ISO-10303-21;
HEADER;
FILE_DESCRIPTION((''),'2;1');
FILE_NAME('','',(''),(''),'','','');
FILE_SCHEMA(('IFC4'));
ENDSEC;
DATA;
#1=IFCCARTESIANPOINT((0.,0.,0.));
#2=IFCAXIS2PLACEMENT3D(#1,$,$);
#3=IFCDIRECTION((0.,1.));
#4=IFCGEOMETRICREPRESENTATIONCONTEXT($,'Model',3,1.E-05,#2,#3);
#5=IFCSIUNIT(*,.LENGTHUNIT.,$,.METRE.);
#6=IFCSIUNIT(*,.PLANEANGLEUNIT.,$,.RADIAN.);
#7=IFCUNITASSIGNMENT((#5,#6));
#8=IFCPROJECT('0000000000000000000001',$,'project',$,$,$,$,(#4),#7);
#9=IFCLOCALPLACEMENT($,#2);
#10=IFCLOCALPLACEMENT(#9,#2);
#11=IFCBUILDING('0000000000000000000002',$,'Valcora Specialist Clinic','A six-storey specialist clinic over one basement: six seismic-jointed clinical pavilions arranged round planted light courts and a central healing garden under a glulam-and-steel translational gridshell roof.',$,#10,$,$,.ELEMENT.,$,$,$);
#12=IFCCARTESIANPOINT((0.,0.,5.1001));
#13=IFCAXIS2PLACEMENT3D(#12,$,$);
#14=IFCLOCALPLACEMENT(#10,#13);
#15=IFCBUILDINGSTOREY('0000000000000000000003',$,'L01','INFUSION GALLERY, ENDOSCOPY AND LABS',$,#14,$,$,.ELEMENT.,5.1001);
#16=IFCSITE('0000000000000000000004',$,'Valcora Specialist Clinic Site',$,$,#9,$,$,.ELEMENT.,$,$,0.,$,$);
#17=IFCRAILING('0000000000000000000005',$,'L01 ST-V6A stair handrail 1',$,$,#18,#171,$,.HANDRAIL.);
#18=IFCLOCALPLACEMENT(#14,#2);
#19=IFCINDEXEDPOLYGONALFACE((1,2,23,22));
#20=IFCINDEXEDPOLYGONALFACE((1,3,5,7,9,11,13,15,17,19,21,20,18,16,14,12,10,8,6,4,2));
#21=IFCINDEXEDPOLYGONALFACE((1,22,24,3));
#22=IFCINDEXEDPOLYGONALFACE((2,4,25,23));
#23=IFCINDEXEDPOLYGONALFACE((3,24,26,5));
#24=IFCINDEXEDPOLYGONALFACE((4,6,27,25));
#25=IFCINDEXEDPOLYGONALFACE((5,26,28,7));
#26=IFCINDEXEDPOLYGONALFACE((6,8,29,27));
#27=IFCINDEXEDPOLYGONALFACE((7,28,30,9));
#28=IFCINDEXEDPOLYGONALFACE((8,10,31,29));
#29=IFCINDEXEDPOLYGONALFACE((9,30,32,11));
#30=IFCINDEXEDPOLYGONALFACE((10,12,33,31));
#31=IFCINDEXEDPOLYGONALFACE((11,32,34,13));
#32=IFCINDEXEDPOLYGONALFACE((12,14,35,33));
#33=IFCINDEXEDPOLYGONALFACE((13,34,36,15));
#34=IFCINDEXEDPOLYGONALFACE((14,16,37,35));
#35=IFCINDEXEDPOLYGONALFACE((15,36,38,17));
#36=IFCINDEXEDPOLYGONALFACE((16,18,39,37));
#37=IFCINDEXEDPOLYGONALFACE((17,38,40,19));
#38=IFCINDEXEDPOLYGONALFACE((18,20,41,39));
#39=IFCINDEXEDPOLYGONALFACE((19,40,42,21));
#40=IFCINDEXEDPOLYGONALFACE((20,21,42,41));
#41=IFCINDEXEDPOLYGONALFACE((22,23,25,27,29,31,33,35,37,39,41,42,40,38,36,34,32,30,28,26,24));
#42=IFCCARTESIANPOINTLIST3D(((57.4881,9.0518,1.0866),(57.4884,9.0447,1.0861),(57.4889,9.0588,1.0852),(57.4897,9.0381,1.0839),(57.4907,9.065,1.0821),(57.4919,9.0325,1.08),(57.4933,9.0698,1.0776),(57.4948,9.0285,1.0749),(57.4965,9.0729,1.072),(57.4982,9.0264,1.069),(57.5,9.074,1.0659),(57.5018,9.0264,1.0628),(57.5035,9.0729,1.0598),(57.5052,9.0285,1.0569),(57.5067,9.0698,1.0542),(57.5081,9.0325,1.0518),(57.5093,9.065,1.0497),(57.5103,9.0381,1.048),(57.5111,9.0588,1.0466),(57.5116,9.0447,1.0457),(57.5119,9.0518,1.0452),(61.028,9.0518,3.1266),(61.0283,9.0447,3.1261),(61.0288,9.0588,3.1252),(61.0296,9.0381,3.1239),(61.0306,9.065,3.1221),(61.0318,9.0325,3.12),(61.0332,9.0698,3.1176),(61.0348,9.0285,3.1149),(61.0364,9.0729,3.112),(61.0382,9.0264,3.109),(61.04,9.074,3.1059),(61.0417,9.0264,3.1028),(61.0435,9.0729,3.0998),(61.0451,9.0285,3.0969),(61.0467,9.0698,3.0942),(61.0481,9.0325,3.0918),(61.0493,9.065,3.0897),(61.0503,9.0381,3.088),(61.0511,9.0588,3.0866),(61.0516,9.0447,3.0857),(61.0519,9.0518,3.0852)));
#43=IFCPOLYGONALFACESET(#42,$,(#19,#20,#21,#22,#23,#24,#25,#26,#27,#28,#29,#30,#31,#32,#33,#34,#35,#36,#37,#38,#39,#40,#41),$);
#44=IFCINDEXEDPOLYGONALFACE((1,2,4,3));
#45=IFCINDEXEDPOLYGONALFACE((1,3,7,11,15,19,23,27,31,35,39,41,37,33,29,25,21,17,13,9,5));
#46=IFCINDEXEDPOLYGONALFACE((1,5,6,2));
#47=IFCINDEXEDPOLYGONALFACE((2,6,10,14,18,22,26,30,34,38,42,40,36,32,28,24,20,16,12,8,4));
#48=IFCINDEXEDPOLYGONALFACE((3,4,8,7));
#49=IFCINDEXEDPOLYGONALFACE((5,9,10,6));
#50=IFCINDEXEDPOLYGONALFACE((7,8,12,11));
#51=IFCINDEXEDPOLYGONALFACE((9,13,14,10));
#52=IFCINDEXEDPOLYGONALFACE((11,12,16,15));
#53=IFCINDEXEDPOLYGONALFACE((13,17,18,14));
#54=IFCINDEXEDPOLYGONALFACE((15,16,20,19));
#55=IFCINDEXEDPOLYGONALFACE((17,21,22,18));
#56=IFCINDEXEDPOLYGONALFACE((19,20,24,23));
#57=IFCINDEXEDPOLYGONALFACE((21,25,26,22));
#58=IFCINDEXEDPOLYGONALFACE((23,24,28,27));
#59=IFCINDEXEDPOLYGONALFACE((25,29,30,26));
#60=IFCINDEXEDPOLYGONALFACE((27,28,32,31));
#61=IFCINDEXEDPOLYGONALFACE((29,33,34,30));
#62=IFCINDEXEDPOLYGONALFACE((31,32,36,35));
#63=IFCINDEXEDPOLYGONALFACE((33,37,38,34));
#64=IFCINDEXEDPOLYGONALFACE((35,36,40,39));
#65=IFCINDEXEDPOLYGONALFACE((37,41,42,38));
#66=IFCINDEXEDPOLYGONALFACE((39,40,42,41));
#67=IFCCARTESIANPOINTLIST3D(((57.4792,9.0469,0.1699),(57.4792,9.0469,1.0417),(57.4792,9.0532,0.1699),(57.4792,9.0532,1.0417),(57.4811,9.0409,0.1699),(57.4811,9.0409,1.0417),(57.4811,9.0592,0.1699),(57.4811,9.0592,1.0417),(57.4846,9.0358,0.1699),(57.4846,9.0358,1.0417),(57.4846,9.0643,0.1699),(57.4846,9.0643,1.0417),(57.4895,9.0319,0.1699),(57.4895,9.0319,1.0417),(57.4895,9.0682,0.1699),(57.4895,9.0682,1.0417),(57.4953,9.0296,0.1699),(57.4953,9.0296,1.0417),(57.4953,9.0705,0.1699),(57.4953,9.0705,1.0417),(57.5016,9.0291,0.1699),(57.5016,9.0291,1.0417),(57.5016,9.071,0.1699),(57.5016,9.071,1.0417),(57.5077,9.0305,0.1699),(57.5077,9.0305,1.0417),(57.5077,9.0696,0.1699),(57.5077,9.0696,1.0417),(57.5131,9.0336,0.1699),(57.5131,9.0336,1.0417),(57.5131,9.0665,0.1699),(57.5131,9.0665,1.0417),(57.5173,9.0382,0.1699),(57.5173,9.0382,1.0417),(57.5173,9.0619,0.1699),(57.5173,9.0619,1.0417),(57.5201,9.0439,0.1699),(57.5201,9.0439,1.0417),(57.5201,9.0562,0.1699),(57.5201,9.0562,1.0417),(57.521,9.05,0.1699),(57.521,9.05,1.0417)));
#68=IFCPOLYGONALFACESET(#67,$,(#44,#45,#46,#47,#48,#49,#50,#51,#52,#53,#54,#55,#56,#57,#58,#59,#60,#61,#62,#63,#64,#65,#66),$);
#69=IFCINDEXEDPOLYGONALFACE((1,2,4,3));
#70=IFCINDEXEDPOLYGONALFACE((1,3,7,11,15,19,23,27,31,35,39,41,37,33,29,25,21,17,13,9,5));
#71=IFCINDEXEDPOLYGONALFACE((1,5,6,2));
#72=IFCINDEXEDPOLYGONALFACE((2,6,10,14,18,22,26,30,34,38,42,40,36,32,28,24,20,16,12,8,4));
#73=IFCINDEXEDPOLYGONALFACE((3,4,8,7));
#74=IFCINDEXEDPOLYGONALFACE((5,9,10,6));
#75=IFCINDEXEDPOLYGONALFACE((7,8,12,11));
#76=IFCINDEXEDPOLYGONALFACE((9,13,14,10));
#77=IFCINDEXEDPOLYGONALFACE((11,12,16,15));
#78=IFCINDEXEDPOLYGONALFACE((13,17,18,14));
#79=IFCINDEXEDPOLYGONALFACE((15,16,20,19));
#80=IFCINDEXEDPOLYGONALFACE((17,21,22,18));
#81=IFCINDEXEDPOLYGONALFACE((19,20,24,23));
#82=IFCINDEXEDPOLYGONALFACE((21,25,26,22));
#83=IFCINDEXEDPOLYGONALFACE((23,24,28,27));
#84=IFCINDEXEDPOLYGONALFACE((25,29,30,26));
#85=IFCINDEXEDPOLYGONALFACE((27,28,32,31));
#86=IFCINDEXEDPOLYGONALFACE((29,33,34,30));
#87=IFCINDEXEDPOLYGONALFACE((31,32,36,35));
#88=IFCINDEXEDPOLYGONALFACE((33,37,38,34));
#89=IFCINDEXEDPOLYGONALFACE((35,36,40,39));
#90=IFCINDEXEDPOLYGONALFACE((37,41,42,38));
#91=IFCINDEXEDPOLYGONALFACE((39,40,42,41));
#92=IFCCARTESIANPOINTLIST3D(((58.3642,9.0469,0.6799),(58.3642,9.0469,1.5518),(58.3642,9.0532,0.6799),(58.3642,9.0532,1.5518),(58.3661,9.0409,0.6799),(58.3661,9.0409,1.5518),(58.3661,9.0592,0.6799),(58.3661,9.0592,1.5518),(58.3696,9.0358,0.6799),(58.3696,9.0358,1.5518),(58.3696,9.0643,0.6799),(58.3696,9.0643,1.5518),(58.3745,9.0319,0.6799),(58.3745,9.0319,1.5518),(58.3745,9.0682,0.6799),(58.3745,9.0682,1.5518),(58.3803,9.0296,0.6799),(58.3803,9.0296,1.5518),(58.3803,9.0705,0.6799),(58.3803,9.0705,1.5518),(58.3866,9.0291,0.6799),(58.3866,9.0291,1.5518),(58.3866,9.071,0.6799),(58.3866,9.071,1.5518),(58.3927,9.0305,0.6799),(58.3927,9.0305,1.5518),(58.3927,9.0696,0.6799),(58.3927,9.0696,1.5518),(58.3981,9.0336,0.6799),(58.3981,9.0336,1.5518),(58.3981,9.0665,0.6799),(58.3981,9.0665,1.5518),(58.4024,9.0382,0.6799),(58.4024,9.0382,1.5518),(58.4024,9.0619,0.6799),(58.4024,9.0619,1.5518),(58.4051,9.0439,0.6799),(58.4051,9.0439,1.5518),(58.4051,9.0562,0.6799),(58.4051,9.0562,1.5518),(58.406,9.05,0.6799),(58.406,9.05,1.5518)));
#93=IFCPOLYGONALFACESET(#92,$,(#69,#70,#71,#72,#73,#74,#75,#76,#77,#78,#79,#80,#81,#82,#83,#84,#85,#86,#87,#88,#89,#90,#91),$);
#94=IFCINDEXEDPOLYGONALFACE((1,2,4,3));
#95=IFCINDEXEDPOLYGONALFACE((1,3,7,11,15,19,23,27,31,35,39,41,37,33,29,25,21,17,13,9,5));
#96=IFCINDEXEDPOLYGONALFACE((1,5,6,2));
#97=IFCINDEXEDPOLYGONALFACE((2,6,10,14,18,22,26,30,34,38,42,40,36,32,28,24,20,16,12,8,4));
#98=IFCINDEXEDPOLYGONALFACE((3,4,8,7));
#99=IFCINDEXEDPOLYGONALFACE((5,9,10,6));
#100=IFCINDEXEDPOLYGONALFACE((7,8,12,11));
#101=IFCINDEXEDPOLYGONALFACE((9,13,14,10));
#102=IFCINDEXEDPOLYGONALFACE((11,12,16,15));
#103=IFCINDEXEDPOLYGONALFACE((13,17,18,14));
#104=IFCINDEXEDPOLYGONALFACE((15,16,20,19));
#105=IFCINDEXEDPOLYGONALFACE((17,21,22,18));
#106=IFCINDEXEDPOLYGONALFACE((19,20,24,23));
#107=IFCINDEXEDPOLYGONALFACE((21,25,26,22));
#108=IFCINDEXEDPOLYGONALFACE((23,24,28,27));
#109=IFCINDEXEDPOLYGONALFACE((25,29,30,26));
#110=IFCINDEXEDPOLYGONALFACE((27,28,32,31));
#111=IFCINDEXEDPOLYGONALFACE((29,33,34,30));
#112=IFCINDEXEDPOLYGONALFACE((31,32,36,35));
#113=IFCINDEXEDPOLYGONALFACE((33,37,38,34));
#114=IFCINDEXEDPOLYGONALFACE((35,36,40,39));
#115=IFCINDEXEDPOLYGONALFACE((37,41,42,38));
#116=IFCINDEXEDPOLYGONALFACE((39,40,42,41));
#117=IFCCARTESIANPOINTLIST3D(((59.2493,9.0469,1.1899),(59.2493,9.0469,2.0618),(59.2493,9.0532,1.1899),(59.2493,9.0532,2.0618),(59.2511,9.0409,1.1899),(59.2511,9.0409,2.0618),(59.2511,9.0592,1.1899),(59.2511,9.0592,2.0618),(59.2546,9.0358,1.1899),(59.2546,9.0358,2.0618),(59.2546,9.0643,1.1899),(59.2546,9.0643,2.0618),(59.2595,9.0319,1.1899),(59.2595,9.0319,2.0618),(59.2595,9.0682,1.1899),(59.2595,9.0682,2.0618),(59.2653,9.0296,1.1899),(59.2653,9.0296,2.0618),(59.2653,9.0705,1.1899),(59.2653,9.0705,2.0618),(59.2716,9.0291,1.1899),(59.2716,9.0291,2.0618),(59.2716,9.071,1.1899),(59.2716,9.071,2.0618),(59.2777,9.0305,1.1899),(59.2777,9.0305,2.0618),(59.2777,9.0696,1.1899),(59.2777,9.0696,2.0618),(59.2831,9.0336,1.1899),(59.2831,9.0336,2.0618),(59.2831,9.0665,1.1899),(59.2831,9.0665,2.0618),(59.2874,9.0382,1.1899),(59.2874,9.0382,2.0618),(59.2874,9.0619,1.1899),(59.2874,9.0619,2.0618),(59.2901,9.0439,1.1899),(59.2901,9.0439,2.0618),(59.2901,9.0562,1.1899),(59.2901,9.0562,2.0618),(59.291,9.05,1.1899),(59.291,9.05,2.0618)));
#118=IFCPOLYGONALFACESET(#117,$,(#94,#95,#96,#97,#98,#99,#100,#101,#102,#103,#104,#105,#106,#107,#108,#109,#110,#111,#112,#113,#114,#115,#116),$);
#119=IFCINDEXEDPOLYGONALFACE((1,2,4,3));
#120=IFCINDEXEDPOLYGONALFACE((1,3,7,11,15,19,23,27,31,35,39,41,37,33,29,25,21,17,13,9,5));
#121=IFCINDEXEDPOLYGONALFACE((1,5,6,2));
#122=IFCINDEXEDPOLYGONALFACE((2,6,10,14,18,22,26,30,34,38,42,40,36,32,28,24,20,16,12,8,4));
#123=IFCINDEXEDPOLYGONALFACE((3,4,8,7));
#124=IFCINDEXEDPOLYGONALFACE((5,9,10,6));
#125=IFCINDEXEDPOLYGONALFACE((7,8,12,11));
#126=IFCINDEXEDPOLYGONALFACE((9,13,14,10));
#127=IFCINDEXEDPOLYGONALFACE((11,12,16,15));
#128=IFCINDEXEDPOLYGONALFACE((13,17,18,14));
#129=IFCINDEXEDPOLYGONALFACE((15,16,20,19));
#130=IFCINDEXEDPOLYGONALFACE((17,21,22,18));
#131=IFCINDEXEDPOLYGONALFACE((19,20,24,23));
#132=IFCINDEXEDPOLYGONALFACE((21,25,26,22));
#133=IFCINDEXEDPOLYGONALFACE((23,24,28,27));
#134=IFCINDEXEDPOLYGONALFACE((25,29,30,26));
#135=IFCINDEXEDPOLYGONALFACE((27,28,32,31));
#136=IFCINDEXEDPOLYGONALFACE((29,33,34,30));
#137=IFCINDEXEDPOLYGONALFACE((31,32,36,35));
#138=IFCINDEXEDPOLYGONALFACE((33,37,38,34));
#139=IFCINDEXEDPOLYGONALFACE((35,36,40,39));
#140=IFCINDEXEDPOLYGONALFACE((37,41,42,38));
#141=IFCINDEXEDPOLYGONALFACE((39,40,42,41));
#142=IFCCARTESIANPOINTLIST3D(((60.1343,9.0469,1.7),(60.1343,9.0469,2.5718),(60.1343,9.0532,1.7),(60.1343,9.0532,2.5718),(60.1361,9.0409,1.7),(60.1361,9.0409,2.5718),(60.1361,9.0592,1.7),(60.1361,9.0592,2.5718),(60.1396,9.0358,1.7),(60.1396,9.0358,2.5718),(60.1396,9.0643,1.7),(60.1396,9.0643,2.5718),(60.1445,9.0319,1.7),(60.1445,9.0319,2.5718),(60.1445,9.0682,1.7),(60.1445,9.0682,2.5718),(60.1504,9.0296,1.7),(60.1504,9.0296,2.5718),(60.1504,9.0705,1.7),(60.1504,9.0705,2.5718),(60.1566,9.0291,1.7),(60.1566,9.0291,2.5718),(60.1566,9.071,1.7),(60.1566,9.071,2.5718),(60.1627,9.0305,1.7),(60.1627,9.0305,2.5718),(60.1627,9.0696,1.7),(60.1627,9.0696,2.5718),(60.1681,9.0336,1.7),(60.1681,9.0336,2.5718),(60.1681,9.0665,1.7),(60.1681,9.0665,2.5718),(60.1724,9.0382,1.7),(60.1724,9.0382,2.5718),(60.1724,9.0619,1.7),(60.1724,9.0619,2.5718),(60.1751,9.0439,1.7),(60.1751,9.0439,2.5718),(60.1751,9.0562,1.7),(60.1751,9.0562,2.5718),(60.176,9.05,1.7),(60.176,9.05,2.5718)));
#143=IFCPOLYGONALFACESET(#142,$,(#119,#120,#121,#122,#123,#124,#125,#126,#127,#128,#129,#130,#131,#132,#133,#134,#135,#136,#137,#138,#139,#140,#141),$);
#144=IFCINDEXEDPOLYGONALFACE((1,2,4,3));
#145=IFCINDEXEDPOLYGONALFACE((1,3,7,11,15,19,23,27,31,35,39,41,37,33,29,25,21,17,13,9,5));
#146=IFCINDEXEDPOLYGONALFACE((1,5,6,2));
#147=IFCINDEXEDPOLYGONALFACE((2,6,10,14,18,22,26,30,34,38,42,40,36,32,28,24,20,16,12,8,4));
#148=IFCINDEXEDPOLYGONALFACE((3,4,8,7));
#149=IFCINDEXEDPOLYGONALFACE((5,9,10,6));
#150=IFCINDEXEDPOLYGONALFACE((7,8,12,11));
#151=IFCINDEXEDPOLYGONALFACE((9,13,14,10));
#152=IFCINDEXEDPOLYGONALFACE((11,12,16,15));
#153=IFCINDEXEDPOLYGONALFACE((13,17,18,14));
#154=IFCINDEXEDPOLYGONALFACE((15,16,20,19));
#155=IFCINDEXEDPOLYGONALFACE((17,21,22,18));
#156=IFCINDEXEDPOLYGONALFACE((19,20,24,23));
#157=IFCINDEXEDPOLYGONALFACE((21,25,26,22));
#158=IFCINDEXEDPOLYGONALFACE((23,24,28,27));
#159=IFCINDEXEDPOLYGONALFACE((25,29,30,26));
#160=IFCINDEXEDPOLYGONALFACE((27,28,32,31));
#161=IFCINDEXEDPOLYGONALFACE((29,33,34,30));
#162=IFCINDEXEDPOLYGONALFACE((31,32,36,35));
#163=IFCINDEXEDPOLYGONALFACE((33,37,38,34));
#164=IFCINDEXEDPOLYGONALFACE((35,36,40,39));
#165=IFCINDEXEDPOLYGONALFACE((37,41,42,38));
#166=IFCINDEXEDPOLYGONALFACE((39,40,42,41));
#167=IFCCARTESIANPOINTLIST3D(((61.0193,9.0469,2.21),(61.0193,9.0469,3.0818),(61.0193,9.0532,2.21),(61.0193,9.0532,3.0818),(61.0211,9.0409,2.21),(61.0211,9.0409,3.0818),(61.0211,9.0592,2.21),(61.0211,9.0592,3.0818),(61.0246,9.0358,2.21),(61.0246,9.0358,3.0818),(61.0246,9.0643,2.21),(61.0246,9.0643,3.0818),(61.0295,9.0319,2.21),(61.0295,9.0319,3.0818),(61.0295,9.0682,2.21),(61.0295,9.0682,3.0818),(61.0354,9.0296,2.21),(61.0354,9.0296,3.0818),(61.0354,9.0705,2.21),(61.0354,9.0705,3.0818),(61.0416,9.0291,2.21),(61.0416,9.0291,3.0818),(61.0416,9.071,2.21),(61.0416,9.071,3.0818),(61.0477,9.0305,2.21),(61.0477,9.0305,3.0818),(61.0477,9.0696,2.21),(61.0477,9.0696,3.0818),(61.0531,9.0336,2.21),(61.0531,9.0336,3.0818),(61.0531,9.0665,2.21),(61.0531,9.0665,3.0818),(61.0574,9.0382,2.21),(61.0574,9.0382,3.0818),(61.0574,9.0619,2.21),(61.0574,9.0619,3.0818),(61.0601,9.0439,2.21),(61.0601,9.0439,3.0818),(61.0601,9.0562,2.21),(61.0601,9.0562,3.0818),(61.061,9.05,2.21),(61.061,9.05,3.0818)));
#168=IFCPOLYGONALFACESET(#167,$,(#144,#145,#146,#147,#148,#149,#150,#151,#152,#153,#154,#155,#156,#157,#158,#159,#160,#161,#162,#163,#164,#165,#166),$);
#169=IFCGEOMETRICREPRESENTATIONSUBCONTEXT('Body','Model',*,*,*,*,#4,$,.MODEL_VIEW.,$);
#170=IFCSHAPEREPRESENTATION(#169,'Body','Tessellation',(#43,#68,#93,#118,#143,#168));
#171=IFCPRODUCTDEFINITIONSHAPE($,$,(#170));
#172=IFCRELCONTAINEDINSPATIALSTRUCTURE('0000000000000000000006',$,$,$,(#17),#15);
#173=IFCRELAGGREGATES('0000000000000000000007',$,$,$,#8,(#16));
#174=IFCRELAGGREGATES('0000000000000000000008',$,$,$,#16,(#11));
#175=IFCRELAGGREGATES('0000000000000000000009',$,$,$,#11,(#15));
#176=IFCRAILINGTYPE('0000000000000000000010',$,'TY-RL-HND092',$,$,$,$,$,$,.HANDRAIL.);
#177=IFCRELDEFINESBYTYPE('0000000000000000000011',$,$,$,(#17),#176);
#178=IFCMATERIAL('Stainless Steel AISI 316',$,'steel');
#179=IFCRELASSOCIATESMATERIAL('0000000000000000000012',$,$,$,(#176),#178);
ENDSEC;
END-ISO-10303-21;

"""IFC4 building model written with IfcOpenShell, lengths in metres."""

from ifc_helpers import new_model, si_unit, direction, frame, origin, origin_2d, place, context, subcontext, project, spatial, circle, extrude, material, type_object, element, save


model = new_model("IFC4")

# Units and contexts
model_context = context("Model", 3, precision=1e-05, world=origin(), true_north=direction((0.0, 1.0)))
body_context = subcontext(model_context, "Body", "Model", "MODEL_VIEW")
ifc_project = project(units=[si_unit("LENGTHUNIT", "METRE"), si_unit("PLANEANGLEUNIT", "RADIAN")], contexts=[model_context])

# Site, building, storey
site_placement = place(None, origin())
site = spatial("IfcSite", under=ifc_project, at=site_placement, Name="Valcora Specialist Clinic Site", CompositionType="ELEMENT", RefElevation=0.0)
building_placement = place(site_placement, origin())
building = spatial("IfcBuilding", under=site, at=building_placement, Name="Valcora Specialist Clinic", Description="A six-storey specialist clinic over one basement: six seismic-jointed clinical pavilions arranged round planted light courts and a central healing garden under a glulam-and-steel translational gridshell roof.", CompositionType="ELEMENT")
storey_placement = place(building_placement, frame((0.0, 0.0, 5.1001)))
storey = spatial("IfcBuildingStorey", under=building, at=storey_placement, Name="L01", Description="INFUSION GALLERY, ENDOSCOPY AND LABS", CompositionType="ELEMENT", Elevation=5.1001)

# Railing
ifc_material_1 = material(Name="Stainless Steel AISI 316", Category="steel")
railing_type_1 = type_object("IfcRailingType", Name="TY-RL-HND092", PredefinedType="HANDRAIL", material=ifc_material_1)
railing_1_placement = place(storey_placement, frame((57.5, 9.05, 0.1699)))
element("IfcRailing", 1, at=railing_1_placement, inside=storey, type_object=railing_type_1, Name="L01 ST-V6A stair handrail 1", PredefinedType="HANDRAIL", context=body_context, shape_type="SweptSolid", body=[
    extrude(circle(Radius=0.0239, at=origin_2d()), frame((0.0, 0.0, 0.896), z_axis=(0.866428, 0.0, 0.499302), x_axis=(0.0, 1.0, 0.0)), (0.0, 0.0, 1.0), 4.0857),
    extrude(circle(Radius=0.021, at=origin_2d()), origin(), (0.0, 0.0, 1.0), 0.8718),
    extrude(circle(Radius=0.021, at=origin_2d()), frame((0.885, 0.0, 0.51)), (0.0, 0.0, 1.0), 0.8718),
    extrude(circle(Radius=0.021, at=origin_2d()), frame((1.77, 0.0, 1.02)), (0.0, 0.0, 1.0), 0.8718),
    extrude(circle(Radius=0.021, at=origin_2d()), frame((2.655, 0.0, 1.53)), (0.0, 0.0, 1.0), 0.8718),
    extrude(circle(Radius=0.021, at=origin_2d()), frame((3.54, 0.0, 2.04)), (0.0, 0.0, 1.0), 0.8718),
])

save(model, "model.ifc")
